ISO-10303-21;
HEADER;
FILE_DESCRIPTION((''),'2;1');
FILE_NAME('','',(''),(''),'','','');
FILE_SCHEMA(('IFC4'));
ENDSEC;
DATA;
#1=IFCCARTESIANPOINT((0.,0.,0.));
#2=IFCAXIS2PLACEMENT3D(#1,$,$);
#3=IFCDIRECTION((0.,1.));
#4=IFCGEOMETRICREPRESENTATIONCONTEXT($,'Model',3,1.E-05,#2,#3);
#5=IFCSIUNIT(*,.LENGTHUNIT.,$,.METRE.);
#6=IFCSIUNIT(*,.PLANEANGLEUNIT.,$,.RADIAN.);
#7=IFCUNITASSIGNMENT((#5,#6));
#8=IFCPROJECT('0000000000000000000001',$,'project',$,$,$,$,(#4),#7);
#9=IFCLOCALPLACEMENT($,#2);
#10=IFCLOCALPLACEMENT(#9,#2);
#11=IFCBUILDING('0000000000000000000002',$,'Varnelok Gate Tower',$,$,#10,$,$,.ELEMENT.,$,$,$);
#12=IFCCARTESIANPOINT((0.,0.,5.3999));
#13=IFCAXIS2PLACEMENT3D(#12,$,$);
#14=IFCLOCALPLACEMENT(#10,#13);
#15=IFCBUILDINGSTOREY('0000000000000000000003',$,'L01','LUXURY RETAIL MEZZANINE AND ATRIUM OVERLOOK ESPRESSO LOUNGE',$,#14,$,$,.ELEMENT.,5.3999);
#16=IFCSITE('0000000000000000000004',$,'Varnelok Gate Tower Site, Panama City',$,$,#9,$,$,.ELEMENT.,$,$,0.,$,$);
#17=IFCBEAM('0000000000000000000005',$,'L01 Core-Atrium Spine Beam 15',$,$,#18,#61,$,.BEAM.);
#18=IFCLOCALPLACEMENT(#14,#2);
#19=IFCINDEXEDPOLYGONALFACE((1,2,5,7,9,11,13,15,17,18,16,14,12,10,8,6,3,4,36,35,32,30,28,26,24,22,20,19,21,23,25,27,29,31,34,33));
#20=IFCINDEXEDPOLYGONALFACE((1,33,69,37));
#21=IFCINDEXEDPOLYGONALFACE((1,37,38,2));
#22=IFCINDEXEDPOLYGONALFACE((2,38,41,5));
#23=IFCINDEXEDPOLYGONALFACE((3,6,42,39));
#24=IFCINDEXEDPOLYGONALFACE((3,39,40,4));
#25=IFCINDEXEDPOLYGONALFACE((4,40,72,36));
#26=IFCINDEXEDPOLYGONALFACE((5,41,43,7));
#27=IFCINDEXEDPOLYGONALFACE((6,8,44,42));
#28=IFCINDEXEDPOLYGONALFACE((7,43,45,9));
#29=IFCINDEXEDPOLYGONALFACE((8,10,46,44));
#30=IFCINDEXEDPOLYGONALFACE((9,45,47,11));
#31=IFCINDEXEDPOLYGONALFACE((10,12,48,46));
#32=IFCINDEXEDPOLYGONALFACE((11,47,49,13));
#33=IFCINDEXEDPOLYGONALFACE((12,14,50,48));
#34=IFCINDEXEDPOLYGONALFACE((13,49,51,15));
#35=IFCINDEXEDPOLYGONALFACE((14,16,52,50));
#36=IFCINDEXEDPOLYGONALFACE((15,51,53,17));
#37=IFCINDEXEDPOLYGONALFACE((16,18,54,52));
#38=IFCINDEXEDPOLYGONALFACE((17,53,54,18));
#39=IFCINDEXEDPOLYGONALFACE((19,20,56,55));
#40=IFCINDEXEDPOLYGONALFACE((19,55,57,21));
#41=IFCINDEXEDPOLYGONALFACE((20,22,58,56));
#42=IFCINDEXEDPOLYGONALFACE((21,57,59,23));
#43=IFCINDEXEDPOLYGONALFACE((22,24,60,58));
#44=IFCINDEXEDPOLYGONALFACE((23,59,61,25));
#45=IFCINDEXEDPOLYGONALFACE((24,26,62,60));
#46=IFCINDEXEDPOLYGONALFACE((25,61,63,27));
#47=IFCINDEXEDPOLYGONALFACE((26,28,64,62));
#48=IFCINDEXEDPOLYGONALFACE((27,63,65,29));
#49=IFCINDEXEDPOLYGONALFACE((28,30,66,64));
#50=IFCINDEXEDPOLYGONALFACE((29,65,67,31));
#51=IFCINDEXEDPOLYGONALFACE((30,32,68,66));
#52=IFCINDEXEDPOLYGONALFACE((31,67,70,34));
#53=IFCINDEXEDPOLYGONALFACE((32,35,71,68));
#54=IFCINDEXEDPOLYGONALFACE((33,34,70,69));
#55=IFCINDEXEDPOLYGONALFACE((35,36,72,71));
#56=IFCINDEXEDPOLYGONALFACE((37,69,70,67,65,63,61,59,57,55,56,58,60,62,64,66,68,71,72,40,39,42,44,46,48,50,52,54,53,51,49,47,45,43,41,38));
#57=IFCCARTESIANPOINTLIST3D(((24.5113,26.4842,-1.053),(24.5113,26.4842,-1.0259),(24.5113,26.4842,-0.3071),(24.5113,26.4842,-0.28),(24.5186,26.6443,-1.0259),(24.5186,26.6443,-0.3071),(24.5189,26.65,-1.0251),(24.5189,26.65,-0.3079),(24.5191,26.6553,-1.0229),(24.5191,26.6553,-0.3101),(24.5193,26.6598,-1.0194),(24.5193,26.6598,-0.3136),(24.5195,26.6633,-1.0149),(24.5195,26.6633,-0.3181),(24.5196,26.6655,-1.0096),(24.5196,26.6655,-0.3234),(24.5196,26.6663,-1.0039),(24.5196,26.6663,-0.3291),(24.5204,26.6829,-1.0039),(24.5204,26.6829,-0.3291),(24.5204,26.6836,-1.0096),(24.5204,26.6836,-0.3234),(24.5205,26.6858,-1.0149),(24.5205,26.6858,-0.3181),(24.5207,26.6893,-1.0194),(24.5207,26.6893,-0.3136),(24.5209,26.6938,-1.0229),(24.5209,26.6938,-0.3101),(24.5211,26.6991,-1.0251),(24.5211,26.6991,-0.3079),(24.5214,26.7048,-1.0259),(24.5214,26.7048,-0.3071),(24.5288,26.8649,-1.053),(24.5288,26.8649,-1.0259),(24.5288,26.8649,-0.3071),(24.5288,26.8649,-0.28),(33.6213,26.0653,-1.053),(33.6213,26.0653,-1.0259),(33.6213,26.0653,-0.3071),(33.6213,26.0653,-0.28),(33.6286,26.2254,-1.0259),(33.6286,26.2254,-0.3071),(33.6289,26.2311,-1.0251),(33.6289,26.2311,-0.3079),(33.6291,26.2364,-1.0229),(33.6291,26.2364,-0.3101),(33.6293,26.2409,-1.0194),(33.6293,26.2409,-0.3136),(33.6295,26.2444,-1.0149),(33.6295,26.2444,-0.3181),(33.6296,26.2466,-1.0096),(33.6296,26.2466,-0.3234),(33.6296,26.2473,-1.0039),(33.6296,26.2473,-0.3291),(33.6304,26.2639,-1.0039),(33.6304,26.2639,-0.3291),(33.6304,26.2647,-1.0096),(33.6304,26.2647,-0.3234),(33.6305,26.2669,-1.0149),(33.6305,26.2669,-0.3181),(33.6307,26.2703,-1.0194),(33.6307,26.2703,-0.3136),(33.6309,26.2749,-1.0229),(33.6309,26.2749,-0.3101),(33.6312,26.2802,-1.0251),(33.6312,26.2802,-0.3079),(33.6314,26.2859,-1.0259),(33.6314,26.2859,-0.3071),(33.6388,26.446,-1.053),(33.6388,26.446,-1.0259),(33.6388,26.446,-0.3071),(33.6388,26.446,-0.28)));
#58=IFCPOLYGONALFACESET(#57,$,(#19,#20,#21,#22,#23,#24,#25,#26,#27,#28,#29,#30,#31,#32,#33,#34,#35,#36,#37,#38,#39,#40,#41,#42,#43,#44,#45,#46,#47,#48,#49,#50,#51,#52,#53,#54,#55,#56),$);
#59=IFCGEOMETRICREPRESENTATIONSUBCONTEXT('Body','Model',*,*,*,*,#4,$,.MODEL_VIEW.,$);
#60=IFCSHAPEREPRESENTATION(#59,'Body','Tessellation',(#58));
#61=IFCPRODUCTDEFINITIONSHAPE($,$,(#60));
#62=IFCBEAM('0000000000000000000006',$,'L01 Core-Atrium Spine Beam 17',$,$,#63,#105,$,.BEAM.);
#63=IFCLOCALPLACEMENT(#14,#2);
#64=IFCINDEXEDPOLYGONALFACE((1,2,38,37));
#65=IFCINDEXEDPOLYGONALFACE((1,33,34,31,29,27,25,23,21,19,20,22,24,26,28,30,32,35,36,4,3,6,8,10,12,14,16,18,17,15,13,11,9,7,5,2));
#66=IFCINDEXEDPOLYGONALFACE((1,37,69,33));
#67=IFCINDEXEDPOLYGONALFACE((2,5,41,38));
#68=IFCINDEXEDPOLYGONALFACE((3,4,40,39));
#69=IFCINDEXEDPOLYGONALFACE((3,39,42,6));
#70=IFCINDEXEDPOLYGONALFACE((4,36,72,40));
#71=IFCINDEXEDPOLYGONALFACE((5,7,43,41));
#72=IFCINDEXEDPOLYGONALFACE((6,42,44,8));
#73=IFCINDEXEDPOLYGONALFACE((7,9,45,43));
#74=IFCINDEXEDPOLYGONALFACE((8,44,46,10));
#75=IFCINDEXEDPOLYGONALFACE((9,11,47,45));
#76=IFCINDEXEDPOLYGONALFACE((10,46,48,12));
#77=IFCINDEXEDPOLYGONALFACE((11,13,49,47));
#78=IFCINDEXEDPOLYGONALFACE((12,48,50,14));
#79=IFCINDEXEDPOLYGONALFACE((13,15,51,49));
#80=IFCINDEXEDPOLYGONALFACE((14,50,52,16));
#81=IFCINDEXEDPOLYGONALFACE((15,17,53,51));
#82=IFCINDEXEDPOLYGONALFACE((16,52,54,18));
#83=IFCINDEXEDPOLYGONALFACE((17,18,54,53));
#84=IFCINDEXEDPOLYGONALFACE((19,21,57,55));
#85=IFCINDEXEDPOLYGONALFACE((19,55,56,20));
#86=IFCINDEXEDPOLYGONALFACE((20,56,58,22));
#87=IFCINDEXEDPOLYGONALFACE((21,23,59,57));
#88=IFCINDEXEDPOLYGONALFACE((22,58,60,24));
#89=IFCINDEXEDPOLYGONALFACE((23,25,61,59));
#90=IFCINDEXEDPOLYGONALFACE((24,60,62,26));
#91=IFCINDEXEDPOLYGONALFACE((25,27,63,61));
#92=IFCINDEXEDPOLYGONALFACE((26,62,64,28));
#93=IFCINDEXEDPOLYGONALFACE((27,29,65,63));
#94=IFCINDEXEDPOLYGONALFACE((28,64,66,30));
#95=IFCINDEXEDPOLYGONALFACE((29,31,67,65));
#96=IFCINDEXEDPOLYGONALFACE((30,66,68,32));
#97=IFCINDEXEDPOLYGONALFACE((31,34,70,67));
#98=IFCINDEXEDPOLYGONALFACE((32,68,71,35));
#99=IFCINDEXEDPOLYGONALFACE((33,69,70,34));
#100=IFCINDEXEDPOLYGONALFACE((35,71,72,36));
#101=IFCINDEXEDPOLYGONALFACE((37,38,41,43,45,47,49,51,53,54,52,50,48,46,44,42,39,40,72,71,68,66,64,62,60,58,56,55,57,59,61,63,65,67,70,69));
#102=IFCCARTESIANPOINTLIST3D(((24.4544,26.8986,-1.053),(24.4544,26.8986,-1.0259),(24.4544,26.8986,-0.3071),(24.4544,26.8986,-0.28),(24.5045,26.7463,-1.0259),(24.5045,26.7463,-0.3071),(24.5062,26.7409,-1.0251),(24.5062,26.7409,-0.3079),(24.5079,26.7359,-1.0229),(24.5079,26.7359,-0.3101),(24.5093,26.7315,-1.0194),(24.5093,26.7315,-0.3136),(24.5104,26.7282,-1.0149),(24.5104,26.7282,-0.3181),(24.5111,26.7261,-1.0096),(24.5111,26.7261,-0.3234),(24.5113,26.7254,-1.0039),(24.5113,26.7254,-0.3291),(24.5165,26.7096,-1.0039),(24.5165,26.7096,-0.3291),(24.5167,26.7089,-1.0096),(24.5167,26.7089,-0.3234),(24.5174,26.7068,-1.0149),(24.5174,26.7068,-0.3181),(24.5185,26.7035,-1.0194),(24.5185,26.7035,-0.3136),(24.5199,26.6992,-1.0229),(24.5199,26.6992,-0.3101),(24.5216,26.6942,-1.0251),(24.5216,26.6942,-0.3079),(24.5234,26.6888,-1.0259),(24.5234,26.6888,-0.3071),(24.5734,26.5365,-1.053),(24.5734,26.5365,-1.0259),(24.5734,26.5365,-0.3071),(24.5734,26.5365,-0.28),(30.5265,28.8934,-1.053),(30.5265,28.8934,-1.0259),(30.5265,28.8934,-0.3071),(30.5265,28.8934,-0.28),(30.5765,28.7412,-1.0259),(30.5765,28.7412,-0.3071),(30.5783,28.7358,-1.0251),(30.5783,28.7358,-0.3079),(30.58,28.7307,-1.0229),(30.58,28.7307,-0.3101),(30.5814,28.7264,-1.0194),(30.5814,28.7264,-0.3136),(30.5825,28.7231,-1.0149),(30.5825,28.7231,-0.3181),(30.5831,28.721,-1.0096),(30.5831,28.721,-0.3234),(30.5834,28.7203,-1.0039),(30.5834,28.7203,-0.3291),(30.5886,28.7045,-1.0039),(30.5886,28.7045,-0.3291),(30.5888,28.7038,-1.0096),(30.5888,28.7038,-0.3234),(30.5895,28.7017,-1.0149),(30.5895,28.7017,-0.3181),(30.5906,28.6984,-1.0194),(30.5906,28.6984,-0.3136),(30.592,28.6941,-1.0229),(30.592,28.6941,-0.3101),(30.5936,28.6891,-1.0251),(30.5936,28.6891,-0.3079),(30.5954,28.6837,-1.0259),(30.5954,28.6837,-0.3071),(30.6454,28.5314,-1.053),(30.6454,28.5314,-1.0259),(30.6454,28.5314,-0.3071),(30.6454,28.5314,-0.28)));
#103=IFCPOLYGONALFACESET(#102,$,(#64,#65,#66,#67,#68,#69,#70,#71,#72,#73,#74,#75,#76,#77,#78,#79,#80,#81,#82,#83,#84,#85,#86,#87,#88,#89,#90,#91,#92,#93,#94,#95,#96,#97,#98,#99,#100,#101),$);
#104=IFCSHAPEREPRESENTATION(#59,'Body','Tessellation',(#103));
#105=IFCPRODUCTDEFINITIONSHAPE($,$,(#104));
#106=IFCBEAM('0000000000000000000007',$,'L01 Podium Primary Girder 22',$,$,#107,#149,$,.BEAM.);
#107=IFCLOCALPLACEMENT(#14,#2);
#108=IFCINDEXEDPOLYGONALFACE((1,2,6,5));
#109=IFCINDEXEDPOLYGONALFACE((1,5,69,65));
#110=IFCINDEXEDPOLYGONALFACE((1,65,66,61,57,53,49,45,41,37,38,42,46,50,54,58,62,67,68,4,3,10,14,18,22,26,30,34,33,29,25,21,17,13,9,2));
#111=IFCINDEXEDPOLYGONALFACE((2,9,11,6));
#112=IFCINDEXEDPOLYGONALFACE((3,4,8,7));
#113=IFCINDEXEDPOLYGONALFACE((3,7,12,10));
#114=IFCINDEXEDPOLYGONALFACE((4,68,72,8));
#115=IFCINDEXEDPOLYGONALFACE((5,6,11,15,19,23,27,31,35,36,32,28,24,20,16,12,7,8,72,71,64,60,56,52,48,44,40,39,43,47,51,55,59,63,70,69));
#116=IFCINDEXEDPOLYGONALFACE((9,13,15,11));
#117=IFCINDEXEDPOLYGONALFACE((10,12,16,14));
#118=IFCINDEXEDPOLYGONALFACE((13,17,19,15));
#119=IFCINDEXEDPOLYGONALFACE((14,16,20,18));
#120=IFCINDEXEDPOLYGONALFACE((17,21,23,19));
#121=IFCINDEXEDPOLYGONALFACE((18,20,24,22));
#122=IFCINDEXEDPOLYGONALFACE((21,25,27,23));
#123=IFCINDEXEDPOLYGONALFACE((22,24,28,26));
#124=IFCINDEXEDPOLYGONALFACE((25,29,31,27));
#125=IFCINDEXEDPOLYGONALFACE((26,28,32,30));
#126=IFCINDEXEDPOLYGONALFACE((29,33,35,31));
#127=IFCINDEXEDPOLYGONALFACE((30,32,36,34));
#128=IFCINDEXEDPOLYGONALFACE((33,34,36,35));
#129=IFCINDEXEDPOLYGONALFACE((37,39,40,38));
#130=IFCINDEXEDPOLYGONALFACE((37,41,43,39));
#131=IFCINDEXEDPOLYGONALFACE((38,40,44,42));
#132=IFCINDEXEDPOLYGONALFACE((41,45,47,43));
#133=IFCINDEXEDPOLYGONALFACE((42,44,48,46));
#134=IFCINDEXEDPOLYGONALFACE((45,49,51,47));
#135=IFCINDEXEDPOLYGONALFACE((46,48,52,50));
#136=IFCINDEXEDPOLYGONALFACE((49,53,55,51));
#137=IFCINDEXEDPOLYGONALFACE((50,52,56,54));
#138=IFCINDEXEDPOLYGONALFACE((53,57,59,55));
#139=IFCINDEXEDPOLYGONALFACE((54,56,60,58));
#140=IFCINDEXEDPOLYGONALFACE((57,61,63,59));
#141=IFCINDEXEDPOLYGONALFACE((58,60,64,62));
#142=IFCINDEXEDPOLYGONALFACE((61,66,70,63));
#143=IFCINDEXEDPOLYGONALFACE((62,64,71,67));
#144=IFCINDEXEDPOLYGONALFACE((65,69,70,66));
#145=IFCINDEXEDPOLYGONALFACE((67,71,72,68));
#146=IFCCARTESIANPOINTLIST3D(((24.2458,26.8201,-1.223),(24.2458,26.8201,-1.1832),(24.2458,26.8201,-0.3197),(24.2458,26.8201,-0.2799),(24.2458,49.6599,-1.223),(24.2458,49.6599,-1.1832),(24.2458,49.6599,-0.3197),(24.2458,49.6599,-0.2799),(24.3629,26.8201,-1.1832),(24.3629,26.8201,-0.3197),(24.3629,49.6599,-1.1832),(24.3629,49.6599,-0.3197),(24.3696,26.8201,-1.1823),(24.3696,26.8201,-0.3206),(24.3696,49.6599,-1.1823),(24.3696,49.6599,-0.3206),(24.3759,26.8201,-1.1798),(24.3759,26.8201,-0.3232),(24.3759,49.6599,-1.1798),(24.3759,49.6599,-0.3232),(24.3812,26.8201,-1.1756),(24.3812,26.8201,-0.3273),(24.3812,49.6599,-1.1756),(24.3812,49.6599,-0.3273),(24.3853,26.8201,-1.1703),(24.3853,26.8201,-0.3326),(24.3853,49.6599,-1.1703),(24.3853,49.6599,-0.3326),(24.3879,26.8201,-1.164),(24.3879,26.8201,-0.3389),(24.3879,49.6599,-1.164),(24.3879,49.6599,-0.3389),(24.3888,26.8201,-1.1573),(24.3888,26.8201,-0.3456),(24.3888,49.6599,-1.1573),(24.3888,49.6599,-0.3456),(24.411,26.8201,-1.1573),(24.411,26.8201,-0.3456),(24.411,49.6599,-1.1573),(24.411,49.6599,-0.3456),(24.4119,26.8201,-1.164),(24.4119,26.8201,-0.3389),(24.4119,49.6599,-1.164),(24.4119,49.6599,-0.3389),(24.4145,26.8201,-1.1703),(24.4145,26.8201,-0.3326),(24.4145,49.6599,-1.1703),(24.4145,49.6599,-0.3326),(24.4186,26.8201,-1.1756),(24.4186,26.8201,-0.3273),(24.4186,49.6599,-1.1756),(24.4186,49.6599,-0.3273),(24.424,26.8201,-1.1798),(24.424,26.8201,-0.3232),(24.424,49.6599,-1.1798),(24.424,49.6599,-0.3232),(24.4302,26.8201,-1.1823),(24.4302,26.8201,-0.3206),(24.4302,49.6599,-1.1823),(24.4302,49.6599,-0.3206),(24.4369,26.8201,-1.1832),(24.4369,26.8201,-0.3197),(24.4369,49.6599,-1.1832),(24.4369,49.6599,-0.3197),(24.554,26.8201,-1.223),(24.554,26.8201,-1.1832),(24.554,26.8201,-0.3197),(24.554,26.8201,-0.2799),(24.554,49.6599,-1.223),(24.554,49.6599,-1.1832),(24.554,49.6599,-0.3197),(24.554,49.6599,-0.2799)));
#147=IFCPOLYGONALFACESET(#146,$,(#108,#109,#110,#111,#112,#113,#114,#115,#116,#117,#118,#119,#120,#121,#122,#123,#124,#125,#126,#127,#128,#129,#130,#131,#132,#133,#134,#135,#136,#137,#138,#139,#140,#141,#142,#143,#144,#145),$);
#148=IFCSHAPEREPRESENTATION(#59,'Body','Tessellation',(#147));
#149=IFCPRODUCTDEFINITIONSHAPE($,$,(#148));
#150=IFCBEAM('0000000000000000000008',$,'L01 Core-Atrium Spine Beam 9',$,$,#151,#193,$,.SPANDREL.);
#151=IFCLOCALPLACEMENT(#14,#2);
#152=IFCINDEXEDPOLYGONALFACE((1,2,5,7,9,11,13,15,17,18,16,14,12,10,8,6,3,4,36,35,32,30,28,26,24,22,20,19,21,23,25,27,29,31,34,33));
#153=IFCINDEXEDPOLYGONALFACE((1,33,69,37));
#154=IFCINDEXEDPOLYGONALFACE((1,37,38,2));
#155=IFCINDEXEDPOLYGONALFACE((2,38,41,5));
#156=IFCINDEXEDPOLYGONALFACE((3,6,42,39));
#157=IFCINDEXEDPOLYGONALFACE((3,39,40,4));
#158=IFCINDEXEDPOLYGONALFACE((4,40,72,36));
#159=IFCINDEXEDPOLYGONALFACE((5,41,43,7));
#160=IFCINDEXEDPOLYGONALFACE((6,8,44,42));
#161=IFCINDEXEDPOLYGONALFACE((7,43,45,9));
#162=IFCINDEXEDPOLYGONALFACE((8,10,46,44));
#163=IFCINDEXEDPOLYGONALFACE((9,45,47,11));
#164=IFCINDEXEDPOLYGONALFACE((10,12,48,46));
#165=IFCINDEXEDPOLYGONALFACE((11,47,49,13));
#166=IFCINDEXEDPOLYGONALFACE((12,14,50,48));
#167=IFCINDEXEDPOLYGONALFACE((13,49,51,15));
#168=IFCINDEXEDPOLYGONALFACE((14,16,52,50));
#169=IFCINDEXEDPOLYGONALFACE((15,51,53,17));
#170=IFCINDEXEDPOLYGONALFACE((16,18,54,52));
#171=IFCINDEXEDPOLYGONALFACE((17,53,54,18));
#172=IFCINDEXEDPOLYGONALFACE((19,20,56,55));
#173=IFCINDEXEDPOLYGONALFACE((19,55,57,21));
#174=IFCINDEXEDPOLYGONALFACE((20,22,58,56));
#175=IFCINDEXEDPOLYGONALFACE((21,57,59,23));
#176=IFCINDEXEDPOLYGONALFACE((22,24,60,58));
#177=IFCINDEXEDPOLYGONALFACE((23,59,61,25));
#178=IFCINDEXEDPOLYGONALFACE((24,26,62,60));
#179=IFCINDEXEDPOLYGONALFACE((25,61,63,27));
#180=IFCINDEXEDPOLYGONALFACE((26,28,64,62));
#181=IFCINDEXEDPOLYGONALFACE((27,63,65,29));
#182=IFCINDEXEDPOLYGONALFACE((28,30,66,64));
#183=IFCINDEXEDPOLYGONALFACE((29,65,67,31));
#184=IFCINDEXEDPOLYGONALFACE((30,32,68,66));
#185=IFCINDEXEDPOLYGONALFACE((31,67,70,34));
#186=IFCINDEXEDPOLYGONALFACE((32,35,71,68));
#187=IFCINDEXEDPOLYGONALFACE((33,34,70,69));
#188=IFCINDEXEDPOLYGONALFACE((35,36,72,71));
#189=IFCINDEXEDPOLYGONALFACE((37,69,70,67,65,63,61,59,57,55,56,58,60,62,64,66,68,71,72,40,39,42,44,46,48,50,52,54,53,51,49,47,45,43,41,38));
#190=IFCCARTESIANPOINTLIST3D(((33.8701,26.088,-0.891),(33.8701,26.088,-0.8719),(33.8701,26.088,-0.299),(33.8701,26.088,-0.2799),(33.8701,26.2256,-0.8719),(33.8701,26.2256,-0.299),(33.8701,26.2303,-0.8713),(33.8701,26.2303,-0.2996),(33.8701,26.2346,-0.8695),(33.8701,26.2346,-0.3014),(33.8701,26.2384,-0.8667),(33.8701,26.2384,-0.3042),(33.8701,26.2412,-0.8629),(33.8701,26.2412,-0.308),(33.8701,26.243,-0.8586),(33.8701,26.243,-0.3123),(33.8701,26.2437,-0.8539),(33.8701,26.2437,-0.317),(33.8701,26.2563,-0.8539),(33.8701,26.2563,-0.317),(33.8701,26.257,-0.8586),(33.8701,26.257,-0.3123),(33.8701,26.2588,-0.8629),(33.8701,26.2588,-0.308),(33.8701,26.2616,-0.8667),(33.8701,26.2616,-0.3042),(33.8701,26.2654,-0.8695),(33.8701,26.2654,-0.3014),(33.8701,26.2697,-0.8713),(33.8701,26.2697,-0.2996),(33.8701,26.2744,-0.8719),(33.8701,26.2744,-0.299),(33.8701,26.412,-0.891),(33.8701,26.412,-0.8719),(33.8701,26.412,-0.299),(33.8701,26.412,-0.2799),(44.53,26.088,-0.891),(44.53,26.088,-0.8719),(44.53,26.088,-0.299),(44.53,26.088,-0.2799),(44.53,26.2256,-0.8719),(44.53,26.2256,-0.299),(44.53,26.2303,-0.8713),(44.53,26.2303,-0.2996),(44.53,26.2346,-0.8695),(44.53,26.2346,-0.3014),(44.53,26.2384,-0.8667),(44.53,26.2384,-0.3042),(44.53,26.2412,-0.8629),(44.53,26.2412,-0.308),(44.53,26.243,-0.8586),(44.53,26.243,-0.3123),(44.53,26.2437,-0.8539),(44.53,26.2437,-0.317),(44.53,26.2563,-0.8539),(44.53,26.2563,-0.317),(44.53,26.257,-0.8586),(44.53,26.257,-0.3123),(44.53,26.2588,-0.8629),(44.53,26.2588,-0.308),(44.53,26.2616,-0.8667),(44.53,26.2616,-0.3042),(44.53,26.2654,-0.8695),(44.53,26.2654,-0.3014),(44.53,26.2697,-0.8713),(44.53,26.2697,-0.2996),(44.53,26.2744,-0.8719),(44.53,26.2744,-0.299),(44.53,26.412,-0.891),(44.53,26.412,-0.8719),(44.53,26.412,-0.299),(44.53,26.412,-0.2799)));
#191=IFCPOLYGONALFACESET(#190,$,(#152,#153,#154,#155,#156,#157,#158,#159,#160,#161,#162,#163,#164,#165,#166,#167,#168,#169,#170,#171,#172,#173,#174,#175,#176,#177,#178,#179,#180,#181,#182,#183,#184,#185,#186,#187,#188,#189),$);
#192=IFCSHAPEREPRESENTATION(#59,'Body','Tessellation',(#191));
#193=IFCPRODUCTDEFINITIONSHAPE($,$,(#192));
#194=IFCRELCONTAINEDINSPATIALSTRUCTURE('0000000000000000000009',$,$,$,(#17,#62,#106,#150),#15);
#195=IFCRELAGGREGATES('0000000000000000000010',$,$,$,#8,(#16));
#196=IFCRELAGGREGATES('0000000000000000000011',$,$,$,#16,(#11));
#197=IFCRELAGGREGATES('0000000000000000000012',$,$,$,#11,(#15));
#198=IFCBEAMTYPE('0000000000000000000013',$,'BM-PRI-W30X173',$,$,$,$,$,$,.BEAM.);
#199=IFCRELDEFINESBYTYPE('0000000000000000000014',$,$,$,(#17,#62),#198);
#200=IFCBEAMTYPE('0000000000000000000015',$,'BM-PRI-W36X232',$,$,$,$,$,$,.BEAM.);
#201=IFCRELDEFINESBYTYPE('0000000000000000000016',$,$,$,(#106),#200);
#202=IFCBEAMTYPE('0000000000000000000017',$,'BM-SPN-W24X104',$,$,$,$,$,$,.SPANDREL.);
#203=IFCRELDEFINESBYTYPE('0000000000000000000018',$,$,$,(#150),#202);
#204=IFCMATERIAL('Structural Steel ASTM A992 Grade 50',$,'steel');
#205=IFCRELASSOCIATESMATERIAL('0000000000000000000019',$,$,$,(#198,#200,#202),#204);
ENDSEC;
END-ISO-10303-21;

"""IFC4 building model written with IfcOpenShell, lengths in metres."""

from ifc_helpers import new_model, si_unit, direction, frame, origin, origin_2d, place, context, subcontext, project, spatial, i_section, extrude, material, material_profile, profile_set, type_object, element, save


model = new_model("IFC4")

# Units and contexts
model_context = context("Model", 3, precision=1e-05, world=origin(), true_north=direction((0.0, 1.0)))
body_context = subcontext(model_context, "Body", "Model", "MODEL_VIEW")
ifc_project = project(units=[si_unit("LENGTHUNIT", "METRE"), si_unit("PLANEANGLEUNIT", "RADIAN")], contexts=[model_context])

# Site, building, storey
site_placement = place(None, origin())
site = spatial("IfcSite", under=ifc_project, at=site_placement, Name="Varnelok Gate Tower Site, Panama City", CompositionType="ELEMENT", RefElevation=0.0)
building_placement = place(site_placement, origin())
building = spatial("IfcBuilding", under=site, at=building_placement, Name="Varnelok Gate Tower", CompositionType="ELEMENT")
storey_placement = place(building_placement, frame((0.0, 0.0, 5.3999)))
storey = spatial("IfcBuildingStorey", under=building, at=storey_placement, Name="L01", Description="LUXURY RETAIL MEZZANINE AND ATRIUM OVERLOOK ESPRESSO LOUNGE", CompositionType="ELEMENT", Elevation=5.3999)

# Shared definitions
ifc_material_1 = material(Name="Structural Steel ASTM A992 Grade 50", Category="steel")

# Beams
ifc_material_profile_1 = material_profile(ifc_material_1, i_section(OverallWidth=0.3811, OverallDepth=0.7729, WebThickness=0.0166, FlangeThickness=0.0271, FilletRadius=0.022, at=origin_2d()), Name="W30X173")
ifc_profile_set_1 = profile_set([ifc_material_profile_1], Name="Structural Steel ASTM A992 Grade 50")
beam_type_1 = type_object("IfcBeamType", Name="BM-PRI-W30X173", PredefinedType="BEAM", material=ifc_profile_set_1)
beam_1_placement = place(storey_placement, frame((24.52, 26.6746, -0.6665), z_axis=(0.998944, -0.045938, 0.0), x_axis=(0.045938, 0.998944, 0.0)))
element("IfcBeam", 1, at=beam_1_placement, inside=storey, type_object=beam_type_1, Name="L01 Core-Atrium Spine Beam 15", PredefinedType="BEAM", context=body_context, shape_type="SweptSolid", body=[
    extrude(i_section(OverallWidth=0.3811, OverallDepth=0.7729, WebThickness=0.0166, FlangeThickness=0.0271, FilletRadius=0.022, at=origin_2d()), origin(), (0.0, 0.0, 1.0), 9.1196),
])
beam_2_placement = place(storey_placement, frame((24.5139, 26.7175, -0.6665), z_axis=(0.950042, 0.312122, 0.0), x_axis=(-0.312122, 0.950042, 0.0)))
element("IfcBeam", 2, at=beam_2_placement, inside=storey, type_object=beam_type_1, Name="L01 Core-Atrium Spine Beam 17", PredefinedType="BEAM", context=body_context, shape_type="SweptSolid", body=[
    extrude(i_section(OverallWidth=0.3811, OverallDepth=0.7729, WebThickness=0.0166, FlangeThickness=0.0271, FilletRadius=0.022, at=origin_2d()), origin(), (0.0, 0.0, 1.0), 6.3914),
])
ifc_material_profile_2 = material_profile(ifc_material_1, i_section(OverallWidth=0.3081, OverallDepth=0.9431, WebThickness=0.0222, FlangeThickness=0.0398, FilletRadius=0.0259, at=origin_2d()), Name="W36X232")
ifc_profile_set_2 = profile_set([ifc_material_profile_2], Name="Structural Steel ASTM A992 Grade 50")
beam_type_2 = type_object("IfcBeamType", Name="BM-PRI-W36X232", PredefinedType="BEAM", material=ifc_profile_set_2)
beam_3_placement = place(storey_placement, frame((24.3999, 26.8201, -0.7515), z_axis=(0.0, 1.0, 0.0), x_axis=(-1.0, 0.0, 0.0)))
element("IfcBeam", 3, at=beam_3_placement, inside=storey, type_object=beam_type_2, Name="L01 Podium Primary Girder 22", PredefinedType="BEAM", context=body_context, shape_type="SweptSolid", body=[
    extrude(i_section(OverallWidth=0.3081, OverallDepth=0.9431, WebThickness=0.0222, FlangeThickness=0.0398, FilletRadius=0.0259, at=origin_2d()), origin(), (0.0, 0.0, 1.0), 22.8398),
])
ifc_material_profile_3 = material_profile(ifc_material_1, i_section(OverallWidth=0.324, OverallDepth=0.6111, WebThickness=0.0127, FlangeThickness=0.019, FilletRadius=0.0181, at=origin_2d()), Name="W24X104")
ifc_profile_set_3 = profile_set([ifc_material_profile_3], Name="Structural Steel ASTM A992 Grade 50")
beam_type_3 = type_object("IfcBeamType", Name="BM-SPN-W24X104", PredefinedType="SPANDREL", material=ifc_profile_set_3)
beam_4_placement = place(storey_placement, frame((33.8701, 26.25, -0.5854), z_axis=(1.0, 0.0, 0.0), x_axis=(0.0, 1.0, 0.0)))
element("IfcBeam", 4, at=beam_4_placement, inside=storey, type_object=beam_type_3, Name="L01 Core-Atrium Spine Beam 9", PredefinedType="SPANDREL", context=body_context, shape_type="SweptSolid", body=[
    extrude(i_section(OverallWidth=0.324, OverallDepth=0.6111, WebThickness=0.0127, FlangeThickness=0.019, FilletRadius=0.0181, at=origin_2d()), origin(), (0.0, 0.0, 1.0), 10.6599),
])

save(model, "model.ifc")
